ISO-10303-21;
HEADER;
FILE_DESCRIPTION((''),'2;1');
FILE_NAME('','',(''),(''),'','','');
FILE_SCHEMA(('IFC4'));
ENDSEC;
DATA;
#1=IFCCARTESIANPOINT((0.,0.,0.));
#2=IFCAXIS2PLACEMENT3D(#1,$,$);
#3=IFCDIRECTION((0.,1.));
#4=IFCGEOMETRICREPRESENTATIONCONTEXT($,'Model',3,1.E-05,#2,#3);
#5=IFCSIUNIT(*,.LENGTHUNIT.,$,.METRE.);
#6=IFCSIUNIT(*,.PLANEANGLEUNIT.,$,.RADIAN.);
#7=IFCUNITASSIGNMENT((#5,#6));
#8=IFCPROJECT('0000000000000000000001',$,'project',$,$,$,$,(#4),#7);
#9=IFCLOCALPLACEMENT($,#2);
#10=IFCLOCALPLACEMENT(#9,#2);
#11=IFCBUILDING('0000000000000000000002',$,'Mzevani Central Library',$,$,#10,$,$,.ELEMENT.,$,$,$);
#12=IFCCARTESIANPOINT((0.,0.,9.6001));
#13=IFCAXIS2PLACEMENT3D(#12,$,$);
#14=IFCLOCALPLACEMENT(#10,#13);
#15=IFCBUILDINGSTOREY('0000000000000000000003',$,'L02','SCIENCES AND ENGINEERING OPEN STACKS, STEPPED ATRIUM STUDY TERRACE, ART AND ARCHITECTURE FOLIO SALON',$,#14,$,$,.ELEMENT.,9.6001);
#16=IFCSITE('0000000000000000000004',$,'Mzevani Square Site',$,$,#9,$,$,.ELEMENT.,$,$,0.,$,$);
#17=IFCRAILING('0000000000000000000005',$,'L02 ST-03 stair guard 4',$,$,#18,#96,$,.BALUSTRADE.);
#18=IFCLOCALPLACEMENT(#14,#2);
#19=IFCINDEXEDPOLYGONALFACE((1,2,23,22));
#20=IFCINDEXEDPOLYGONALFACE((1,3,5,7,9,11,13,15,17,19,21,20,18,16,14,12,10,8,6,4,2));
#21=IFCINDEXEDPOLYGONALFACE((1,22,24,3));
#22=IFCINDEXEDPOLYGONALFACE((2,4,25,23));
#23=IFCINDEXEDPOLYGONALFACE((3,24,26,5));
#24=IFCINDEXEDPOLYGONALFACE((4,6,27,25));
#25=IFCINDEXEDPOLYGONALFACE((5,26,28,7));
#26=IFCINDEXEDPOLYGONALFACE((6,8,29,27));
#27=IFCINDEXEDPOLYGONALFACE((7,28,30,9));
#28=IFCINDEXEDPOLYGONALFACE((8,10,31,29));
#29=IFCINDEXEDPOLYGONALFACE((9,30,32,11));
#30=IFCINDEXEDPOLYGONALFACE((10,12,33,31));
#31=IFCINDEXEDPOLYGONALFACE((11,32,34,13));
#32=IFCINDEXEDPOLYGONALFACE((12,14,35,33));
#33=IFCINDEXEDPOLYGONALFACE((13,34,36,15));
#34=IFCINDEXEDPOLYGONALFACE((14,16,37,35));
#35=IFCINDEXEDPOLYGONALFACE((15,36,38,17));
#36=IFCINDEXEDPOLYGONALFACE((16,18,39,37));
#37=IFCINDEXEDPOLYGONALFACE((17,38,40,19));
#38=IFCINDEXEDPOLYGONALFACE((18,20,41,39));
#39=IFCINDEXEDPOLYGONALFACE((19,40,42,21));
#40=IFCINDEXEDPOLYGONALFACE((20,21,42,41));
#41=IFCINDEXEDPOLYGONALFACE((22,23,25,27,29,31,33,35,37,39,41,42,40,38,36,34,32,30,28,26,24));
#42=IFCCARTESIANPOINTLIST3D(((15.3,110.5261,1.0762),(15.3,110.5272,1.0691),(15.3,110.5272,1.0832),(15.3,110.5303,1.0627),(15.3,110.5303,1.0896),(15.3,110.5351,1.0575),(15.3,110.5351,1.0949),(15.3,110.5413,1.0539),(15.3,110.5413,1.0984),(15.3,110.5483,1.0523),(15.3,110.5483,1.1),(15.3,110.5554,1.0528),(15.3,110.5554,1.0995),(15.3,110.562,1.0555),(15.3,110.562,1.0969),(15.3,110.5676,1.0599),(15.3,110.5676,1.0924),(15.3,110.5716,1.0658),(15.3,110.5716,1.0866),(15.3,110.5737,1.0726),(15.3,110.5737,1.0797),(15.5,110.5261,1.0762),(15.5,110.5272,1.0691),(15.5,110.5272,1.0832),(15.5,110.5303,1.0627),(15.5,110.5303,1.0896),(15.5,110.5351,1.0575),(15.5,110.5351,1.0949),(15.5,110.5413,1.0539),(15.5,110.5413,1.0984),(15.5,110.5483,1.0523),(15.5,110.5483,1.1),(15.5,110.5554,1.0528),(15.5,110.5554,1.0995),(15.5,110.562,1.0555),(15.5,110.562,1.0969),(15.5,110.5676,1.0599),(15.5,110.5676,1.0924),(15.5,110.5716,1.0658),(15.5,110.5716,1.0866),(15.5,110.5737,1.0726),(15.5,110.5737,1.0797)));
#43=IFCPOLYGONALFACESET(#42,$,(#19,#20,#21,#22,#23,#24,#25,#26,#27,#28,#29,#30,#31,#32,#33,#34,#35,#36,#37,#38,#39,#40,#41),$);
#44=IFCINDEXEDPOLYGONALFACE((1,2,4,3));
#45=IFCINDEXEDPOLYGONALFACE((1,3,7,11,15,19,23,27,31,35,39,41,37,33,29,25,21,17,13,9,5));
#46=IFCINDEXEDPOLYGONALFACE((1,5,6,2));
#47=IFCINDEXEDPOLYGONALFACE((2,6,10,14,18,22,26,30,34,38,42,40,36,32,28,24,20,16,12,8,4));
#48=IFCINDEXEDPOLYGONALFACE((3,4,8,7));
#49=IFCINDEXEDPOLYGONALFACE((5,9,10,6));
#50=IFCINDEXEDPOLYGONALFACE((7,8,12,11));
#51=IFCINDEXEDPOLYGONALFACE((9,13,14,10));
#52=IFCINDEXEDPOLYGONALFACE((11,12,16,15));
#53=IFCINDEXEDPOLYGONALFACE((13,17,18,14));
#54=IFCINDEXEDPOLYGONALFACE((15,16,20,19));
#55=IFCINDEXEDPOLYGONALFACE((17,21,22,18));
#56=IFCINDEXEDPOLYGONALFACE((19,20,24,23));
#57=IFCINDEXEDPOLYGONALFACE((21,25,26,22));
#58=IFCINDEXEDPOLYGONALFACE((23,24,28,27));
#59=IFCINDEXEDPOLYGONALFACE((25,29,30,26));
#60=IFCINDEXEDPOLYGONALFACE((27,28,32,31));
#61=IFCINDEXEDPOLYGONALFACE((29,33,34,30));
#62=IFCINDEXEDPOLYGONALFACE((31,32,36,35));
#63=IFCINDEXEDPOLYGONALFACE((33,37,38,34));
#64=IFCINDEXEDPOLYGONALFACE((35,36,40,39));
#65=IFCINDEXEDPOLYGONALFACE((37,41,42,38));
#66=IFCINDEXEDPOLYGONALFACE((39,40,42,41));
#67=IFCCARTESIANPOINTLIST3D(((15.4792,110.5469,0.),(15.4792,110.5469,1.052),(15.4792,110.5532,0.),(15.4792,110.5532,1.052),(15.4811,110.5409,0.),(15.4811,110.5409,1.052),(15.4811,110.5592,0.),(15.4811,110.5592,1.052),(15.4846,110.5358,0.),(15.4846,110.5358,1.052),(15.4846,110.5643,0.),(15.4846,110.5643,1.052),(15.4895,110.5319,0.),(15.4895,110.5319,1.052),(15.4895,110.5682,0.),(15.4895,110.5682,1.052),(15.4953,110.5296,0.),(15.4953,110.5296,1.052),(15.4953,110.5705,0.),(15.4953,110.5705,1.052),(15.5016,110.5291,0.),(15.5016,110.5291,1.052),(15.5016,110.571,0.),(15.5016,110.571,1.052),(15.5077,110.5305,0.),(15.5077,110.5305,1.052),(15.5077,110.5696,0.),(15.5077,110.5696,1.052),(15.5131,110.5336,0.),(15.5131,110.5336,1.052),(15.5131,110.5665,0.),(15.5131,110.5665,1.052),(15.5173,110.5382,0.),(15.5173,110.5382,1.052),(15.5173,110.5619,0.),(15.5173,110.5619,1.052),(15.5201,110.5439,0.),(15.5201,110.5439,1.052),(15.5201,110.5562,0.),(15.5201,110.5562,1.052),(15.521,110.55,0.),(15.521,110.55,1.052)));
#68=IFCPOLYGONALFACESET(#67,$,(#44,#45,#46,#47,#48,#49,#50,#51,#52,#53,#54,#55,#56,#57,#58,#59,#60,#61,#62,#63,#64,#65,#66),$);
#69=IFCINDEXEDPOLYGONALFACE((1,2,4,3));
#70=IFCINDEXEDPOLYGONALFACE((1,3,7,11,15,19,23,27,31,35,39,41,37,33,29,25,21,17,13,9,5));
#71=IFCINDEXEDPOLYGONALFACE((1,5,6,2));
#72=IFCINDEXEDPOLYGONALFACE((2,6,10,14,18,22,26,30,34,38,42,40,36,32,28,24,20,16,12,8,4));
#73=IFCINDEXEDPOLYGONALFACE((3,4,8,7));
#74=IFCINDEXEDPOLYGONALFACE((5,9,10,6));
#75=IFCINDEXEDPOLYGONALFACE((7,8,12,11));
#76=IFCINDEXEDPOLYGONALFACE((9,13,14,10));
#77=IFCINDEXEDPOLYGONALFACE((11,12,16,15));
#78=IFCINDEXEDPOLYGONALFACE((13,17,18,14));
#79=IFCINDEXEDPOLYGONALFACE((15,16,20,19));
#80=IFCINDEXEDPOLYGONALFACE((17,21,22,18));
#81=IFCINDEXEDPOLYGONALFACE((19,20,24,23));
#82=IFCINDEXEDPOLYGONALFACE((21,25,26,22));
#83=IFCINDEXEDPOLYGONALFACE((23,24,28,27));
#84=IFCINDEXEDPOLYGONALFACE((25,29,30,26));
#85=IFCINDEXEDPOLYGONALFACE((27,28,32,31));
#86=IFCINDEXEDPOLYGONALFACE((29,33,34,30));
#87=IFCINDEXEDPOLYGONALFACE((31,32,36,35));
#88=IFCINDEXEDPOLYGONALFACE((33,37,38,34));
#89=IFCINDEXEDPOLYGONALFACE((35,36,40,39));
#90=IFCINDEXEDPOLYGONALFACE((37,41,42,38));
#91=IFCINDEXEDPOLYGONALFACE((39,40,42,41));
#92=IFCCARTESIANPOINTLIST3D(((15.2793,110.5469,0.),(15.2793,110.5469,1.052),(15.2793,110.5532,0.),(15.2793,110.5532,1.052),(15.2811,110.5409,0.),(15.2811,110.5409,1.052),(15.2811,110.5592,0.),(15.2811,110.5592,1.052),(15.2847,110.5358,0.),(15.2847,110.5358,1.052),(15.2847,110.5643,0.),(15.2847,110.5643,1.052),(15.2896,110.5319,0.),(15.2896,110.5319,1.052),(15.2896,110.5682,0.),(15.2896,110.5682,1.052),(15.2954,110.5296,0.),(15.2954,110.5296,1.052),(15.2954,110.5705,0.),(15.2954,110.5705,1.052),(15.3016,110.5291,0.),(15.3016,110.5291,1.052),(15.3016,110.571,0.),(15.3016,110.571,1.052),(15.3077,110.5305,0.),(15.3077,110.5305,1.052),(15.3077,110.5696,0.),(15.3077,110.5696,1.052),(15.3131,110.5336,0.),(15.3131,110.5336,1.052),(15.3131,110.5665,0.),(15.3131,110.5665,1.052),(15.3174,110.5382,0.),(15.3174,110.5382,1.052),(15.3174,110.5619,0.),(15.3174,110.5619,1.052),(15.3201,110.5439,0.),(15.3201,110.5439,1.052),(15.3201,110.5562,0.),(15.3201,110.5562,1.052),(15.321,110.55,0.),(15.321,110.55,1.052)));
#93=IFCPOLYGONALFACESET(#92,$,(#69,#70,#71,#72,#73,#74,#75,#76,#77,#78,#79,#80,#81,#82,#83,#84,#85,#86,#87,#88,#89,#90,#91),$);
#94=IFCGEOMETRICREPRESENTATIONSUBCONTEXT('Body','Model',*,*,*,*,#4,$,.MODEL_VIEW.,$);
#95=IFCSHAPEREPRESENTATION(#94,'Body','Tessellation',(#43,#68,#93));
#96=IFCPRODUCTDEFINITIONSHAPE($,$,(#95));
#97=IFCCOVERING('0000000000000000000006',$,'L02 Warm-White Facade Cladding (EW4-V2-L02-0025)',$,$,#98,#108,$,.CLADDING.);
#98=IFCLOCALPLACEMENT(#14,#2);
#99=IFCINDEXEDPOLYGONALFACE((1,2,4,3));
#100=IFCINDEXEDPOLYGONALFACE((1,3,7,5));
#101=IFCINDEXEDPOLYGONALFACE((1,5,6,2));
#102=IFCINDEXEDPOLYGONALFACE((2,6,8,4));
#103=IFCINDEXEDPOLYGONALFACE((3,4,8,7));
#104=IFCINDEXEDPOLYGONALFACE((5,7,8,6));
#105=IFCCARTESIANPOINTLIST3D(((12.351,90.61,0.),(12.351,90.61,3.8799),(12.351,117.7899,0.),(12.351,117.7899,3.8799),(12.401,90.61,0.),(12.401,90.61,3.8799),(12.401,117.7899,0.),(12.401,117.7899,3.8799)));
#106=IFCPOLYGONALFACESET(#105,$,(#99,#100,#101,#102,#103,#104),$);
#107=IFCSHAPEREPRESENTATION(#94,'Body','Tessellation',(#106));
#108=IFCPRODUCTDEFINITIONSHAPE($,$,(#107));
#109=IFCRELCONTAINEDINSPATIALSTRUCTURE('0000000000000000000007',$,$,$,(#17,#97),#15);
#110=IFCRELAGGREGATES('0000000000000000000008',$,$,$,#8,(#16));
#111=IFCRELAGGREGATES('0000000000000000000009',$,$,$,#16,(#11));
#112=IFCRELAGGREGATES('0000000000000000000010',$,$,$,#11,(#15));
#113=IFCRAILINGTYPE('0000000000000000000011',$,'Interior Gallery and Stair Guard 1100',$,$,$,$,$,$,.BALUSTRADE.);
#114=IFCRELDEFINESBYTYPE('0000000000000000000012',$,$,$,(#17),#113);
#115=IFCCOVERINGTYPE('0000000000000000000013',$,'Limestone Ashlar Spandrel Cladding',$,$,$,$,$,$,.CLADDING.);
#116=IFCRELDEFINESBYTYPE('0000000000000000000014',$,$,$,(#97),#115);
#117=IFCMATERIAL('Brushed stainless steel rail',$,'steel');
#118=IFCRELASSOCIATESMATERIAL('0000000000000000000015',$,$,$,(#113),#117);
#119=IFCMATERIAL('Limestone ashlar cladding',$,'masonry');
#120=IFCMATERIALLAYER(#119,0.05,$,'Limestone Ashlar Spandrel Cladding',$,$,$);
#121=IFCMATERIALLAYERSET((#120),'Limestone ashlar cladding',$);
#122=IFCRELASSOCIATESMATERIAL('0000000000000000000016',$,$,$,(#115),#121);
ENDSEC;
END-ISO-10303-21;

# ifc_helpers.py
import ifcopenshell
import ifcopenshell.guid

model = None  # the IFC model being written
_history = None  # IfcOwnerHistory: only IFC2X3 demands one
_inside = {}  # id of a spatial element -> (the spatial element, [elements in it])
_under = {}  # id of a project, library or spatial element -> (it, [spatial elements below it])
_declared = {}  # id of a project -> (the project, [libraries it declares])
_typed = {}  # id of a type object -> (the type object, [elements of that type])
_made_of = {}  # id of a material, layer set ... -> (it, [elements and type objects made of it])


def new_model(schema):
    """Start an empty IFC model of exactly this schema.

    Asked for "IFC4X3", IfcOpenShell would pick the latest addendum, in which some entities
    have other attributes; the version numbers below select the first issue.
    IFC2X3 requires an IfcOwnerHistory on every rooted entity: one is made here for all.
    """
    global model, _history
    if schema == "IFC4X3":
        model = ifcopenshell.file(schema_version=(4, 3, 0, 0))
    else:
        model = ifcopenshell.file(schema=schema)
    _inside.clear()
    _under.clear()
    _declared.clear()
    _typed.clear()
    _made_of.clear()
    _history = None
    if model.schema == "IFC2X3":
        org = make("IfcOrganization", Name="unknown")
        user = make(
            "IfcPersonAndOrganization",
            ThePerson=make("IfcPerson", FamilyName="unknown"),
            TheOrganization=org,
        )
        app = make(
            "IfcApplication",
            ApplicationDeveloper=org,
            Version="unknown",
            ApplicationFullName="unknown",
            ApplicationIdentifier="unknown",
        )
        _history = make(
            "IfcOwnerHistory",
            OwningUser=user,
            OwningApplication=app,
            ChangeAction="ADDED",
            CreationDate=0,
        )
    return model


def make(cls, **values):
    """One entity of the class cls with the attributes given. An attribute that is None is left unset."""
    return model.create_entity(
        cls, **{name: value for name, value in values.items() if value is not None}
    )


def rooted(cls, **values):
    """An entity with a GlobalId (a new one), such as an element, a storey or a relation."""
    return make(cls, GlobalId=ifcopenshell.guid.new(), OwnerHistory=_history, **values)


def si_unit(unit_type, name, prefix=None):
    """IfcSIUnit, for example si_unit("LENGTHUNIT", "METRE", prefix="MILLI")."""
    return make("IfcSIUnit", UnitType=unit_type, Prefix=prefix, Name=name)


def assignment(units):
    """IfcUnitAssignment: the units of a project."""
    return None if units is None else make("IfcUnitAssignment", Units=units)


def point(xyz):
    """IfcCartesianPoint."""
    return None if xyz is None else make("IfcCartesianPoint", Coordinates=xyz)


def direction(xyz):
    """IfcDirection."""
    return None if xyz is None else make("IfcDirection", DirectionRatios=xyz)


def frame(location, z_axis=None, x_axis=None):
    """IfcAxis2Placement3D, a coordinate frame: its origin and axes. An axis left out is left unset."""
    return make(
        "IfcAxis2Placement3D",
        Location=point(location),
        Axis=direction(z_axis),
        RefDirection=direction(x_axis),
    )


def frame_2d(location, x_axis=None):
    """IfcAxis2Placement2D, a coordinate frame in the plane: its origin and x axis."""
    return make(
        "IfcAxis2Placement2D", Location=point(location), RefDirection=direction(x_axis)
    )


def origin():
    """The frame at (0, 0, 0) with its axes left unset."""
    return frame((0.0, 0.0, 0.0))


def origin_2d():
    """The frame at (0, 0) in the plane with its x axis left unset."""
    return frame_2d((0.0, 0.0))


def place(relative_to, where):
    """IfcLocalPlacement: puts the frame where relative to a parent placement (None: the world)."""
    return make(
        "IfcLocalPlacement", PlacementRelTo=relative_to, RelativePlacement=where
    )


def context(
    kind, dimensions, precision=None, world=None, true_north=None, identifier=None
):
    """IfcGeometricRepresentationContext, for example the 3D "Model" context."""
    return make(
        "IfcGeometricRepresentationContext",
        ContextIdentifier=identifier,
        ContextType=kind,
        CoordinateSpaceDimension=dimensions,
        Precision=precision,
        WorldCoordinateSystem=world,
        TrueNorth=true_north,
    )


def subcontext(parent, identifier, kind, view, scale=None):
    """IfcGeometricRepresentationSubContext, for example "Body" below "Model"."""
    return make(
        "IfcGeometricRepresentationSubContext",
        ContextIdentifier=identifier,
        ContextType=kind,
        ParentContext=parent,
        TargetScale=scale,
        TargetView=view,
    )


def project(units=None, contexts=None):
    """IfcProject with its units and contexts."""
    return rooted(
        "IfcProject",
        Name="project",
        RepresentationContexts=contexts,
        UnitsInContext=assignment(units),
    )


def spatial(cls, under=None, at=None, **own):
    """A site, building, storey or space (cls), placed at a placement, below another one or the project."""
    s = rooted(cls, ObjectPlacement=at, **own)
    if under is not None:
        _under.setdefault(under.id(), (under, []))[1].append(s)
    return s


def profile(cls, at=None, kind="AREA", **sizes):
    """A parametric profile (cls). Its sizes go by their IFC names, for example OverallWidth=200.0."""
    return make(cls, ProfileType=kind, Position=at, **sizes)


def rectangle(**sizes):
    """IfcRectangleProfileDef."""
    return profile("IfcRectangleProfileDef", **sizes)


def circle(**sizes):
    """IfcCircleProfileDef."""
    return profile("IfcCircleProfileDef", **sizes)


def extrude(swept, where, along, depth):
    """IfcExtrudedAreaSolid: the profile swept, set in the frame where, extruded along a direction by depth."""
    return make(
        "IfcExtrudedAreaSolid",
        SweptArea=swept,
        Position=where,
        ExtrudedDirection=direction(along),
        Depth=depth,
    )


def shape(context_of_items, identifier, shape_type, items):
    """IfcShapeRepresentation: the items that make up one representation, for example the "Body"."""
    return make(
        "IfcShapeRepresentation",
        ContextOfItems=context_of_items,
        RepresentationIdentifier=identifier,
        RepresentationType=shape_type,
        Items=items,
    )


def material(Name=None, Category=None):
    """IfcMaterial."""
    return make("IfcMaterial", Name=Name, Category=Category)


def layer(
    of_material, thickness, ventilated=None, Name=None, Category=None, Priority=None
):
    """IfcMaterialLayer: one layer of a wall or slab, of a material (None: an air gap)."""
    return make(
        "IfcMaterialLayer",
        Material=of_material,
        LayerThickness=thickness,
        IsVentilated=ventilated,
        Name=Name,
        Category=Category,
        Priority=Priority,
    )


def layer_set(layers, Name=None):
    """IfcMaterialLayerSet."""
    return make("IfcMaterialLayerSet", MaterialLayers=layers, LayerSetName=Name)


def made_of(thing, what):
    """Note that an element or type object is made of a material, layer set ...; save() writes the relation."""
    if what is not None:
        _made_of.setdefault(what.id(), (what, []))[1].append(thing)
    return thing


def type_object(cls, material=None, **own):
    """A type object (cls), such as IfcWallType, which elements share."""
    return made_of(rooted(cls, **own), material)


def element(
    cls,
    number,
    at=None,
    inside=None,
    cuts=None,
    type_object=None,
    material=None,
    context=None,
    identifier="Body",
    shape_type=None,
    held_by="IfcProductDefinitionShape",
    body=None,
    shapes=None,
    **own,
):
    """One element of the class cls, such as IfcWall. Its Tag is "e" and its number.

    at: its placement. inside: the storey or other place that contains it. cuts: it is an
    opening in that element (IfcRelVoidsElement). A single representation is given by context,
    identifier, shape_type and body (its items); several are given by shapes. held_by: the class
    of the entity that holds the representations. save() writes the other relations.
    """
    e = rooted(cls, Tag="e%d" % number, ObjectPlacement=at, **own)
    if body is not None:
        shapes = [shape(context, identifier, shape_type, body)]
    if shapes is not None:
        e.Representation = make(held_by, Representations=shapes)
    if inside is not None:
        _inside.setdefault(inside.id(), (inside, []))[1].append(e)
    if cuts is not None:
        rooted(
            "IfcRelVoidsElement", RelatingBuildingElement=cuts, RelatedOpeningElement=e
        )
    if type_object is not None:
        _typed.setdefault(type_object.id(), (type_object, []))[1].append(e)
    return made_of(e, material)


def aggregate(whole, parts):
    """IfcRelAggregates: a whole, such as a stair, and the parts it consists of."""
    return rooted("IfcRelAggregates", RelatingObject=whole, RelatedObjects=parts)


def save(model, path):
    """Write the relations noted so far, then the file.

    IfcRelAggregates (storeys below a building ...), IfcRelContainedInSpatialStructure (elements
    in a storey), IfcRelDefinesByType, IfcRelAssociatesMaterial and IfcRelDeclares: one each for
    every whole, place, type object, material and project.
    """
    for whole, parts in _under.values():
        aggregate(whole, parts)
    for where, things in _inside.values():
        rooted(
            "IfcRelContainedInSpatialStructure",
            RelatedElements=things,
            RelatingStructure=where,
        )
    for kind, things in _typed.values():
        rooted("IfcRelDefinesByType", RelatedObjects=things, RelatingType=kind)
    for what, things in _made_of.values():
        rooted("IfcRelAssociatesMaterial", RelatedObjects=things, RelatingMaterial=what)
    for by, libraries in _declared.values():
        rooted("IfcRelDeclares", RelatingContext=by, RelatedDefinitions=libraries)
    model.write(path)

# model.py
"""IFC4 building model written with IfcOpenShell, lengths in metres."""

from ifc_helpers import new_model, si_unit, direction, frame, origin, origin_2d, place, context, subcontext, project, spatial, rectangle, circle, extrude, material, layer, layer_set, type_object, element, save


model = new_model("IFC4")

# Units and contexts
model_context = context("Model", 3, precision=1e-05, world=origin(), true_north=direction((0.0, 1.0)))
body_context = subcontext(model_context, "Body", "Model", "MODEL_VIEW")
ifc_project = project(units=[si_unit("LENGTHUNIT", "METRE"), si_unit("PLANEANGLEUNIT", "RADIAN")], contexts=[model_context])

# Site, building, storey
site_placement = place(None, origin())
site = spatial("IfcSite", under=ifc_project, at=site_placement, Name="Mzevani Square Site", CompositionType="ELEMENT", RefElevation=0.0)
building_placement = place(site_placement, origin())
building = spatial("IfcBuilding", under=site, at=building_placement, Name="Mzevani Central Library", CompositionType="ELEMENT")
storey_placement = place(building_placement, frame((0.0, 0.0, 9.6001)))
storey = spatial("IfcBuildingStorey", under=building, at=storey_placement, Name="L02", Description="SCIENCES AND ENGINEERING OPEN STACKS, STEPPED ATRIUM STUDY TERRACE, ART AND ARCHITECTURE FOLIO SALON", CompositionType="ELEMENT", Elevation=9.6001)

# Railing
ifc_material_1 = material(Name="Brushed stainless steel rail", Category="steel")
railing_type_1 = type_object("IfcRailingType", Name="Interior Gallery and Stair Guard 1100", PredefinedType="BALUSTRADE", material=ifc_material_1)
railing_1_placement = place(storey_placement, frame((15.5, 110.55, 0.0)))
element("IfcRailing", 1, at=railing_1_placement, inside=storey, type_object=railing_type_1, Name="L02 ST-03 stair guard 4", PredefinedType="BALUSTRADE", context=body_context, shape_type="SweptSolid", body=[
    extrude(circle(Radius=0.0239, at=origin_2d()), frame((0.0, 0.0, 1.0762), z_axis=(-1.0, 0.0, 0.0), x_axis=(0.0, -1.0, 0.0)), (0.0, 0.0, 1.0), 0.2),
    extrude(circle(Radius=0.021, at=origin_2d()), origin(), (0.0, 0.0, 1.0), 1.052),
    extrude(circle(Radius=0.021, at=origin_2d()), frame((-0.2, 0.0, 0.0)), (0.0, 0.0, 1.0), 1.052),
])

# Covering
ifc_material_2 = material(Name="Limestone ashlar cladding", Category="masonry")
ifc_layer_1 = layer(ifc_material_2, 0.05, Name="Limestone Ashlar Spandrel Cladding")
ifc_layer_set_1 = layer_set([ifc_layer_1], Name="Limestone ashlar cladding")
covering_type = type_object("IfcCoveringType", Name="Limestone Ashlar Spandrel Cladding", PredefinedType="CLADDING", material=ifc_layer_set_1)
covering_placement = place(storey_placement, frame((12.376, 104.2, 0.0), z_axis=(0.0, 0.0, 1.0), x_axis=(0.0, 1.0, 0.0)))
element("IfcCovering", 2, at=covering_placement, inside=storey, type_object=covering_type, Name="L02 Warm-White Facade Cladding (EW4-V2-L02-0025)", PredefinedType="CLADDING", context=body_context, shape_type="SweptSolid", body=[
    extrude(rectangle(XDim=27.1799, YDim=0.05, at=origin_2d()), origin(), (0.0, 0.0, 1.0), 3.8799),
])

save(model, "model.ifc")
